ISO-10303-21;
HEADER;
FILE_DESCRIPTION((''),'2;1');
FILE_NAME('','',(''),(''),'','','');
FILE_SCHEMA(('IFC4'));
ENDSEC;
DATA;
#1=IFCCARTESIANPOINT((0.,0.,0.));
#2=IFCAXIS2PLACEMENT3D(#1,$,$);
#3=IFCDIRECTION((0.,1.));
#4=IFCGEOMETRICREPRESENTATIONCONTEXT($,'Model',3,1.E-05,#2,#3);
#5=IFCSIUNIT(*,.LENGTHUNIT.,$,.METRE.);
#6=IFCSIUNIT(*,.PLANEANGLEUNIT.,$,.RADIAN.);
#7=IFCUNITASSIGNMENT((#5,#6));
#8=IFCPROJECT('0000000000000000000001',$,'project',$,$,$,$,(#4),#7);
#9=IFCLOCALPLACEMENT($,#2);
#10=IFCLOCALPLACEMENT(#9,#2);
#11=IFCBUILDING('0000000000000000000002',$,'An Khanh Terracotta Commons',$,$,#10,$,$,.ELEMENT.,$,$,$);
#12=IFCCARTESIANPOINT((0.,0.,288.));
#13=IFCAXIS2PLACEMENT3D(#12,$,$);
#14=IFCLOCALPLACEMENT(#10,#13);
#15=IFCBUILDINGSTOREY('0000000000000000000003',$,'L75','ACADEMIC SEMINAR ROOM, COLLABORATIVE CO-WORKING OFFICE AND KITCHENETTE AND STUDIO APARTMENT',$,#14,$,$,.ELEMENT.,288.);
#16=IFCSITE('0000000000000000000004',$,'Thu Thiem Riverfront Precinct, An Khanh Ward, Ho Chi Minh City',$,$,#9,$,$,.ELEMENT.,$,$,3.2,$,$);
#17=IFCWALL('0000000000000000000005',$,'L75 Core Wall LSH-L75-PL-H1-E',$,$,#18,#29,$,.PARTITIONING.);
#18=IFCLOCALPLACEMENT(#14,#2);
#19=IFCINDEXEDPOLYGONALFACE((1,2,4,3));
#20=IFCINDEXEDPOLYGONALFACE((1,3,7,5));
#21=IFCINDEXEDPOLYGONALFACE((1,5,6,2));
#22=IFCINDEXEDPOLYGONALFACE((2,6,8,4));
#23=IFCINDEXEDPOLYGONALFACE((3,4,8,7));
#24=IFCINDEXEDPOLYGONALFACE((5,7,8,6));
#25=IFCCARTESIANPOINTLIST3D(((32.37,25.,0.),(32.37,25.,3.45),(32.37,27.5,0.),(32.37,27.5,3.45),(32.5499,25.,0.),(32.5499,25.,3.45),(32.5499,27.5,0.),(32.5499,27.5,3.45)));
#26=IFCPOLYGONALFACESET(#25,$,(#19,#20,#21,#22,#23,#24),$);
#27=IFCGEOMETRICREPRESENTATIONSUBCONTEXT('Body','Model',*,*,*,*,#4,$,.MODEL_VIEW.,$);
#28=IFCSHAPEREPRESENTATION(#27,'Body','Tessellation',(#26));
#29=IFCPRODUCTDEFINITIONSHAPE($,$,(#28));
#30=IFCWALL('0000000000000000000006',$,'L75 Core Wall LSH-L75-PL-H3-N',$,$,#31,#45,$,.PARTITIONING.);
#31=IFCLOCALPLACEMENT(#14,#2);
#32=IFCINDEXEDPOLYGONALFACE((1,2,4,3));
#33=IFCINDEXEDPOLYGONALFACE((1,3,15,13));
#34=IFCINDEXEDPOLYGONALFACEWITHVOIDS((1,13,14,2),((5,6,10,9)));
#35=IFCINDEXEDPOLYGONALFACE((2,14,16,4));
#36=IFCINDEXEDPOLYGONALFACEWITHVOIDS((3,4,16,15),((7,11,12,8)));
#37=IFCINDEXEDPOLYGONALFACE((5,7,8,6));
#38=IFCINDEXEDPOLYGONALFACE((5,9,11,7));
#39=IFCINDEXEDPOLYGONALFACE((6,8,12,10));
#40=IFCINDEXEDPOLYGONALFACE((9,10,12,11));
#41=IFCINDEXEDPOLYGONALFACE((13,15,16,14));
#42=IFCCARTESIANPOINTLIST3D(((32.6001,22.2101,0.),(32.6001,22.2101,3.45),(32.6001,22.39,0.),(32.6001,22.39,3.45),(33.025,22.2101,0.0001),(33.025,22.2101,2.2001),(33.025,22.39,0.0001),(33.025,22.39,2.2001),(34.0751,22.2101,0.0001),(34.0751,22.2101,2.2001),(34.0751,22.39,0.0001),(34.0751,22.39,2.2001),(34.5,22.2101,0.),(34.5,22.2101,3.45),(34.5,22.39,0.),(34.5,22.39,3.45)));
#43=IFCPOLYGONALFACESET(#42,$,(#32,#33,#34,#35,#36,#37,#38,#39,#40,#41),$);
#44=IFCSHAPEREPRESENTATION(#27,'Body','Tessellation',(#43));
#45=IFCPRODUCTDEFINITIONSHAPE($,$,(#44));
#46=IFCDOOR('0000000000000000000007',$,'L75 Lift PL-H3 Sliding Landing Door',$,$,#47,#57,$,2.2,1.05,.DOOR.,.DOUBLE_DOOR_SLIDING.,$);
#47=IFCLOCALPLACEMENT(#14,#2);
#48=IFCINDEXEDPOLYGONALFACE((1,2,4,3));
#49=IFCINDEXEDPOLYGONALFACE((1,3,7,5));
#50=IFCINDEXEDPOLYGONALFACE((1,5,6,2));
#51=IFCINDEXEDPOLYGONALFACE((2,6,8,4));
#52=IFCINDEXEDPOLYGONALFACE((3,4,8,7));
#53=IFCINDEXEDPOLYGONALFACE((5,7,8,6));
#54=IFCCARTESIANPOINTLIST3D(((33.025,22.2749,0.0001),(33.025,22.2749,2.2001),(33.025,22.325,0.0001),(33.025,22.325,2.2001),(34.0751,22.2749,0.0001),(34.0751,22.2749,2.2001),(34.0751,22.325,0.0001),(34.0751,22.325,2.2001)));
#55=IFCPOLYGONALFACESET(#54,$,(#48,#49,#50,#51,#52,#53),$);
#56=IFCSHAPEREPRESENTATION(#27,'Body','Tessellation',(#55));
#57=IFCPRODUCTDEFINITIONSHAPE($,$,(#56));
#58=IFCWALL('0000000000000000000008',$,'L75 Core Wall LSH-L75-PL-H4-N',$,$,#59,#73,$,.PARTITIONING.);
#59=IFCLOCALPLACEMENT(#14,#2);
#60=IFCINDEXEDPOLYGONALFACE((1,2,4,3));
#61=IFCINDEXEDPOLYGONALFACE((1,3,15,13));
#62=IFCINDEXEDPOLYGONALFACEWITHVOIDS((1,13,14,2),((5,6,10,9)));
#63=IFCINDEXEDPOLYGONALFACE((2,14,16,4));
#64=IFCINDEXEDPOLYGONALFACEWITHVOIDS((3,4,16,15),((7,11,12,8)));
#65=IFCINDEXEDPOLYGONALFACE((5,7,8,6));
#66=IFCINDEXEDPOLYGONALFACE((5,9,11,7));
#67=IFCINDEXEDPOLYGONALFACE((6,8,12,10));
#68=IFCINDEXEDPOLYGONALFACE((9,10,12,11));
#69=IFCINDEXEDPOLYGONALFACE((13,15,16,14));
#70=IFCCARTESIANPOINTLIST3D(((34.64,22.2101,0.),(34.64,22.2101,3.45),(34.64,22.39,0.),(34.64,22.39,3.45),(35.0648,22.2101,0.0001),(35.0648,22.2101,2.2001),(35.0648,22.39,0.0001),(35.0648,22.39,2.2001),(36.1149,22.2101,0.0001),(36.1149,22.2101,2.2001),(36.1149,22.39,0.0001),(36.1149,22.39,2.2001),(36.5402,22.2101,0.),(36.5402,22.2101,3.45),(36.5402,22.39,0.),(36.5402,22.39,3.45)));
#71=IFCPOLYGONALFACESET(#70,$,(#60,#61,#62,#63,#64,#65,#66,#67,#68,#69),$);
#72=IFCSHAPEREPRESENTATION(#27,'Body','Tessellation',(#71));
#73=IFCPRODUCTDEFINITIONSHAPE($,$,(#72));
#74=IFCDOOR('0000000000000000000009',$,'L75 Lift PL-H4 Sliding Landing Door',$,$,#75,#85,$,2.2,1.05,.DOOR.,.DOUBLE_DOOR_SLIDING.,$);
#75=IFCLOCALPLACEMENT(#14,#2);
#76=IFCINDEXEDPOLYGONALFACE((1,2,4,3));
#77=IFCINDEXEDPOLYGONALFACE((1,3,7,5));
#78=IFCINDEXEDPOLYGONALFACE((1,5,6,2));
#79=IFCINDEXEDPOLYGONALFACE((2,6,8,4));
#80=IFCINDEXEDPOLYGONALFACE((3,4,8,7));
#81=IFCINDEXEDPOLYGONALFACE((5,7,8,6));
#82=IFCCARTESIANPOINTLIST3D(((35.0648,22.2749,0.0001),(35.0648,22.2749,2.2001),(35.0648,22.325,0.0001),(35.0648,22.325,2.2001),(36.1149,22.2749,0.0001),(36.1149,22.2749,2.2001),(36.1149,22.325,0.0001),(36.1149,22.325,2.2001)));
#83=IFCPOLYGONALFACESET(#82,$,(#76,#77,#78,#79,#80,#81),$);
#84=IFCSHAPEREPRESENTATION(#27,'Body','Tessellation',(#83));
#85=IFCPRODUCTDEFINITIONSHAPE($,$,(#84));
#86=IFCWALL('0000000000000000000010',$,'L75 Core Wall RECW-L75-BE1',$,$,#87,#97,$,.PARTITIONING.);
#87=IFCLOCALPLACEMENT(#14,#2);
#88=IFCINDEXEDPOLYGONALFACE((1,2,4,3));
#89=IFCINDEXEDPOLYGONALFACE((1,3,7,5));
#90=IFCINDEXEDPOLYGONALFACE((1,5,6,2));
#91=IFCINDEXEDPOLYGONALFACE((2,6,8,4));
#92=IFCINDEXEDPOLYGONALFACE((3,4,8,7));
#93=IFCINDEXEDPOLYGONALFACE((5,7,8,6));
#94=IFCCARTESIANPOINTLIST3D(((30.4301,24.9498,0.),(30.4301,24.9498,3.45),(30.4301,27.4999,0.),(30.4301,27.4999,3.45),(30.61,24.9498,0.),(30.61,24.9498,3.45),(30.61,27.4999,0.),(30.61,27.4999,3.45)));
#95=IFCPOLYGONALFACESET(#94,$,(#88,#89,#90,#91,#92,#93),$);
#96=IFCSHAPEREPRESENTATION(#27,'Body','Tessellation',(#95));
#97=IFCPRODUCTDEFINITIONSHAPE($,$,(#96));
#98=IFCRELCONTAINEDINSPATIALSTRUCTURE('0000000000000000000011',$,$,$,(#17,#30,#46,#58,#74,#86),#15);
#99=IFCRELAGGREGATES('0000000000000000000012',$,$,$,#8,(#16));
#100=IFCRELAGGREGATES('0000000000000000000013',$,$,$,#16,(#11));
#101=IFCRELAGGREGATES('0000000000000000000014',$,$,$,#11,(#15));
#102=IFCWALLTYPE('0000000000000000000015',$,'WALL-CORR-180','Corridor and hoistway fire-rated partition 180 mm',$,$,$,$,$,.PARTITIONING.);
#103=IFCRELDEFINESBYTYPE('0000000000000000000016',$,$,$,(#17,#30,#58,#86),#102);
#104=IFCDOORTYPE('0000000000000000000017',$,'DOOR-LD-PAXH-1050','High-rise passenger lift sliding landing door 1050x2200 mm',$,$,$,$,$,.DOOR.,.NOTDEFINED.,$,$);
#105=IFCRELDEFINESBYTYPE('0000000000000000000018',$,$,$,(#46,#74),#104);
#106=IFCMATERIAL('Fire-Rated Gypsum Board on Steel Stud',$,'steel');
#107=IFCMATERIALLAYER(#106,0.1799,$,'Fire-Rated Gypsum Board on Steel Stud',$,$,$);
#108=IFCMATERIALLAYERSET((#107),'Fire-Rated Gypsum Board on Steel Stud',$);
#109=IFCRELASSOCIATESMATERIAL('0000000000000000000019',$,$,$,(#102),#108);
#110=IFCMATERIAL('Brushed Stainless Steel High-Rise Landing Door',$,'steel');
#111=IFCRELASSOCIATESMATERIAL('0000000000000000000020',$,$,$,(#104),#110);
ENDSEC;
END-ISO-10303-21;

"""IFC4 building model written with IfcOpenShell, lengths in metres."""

from ifc_helpers import new_model, si_unit, direction, frame, frame_2d, origin, place, context, subcontext, project, spatial, rectangle, extrude, material, layer, layer_set, type_object, element, fill, save


model = new_model("IFC4")

# Units and contexts
model_context = context("Model", 3, precision=1e-05, world=origin(), true_north=direction((0.0, 1.0)))
body_context = subcontext(model_context, "Body", "Model", "MODEL_VIEW")
ifc_project = project(units=[si_unit("LENGTHUNIT", "METRE"), si_unit("PLANEANGLEUNIT", "RADIAN")], contexts=[model_context])

# Site, building, storey
site_placement = place(None, origin())
site = spatial("IfcSite", under=ifc_project, at=site_placement, Name="Thu Thiem Riverfront Precinct, An Khanh Ward, Ho Chi Minh City", CompositionType="ELEMENT", RefElevation=3.2)
building_placement = place(site_placement, origin())
building = spatial("IfcBuilding", under=site, at=building_placement, Name="An Khanh Terracotta Commons", CompositionType="ELEMENT")
storey_placement = place(building_placement, frame((0.0, 0.0, 288.0)))
storey = spatial("IfcBuildingStorey", under=building, at=storey_placement, Name="L75", Description="ACADEMIC SEMINAR ROOM, COLLABORATIVE CO-WORKING OFFICE AND KITCHENETTE AND STUDIO APARTMENT", CompositionType="ELEMENT", Elevation=288.0)

# Shared definitions
ifc_material_1 = material(Name="Fire-Rated Gypsum Board on Steel Stud", Category="steel")
ifc_layer_1 = layer(ifc_material_1, 0.1799, Name="Fire-Rated Gypsum Board on Steel Stud")
ifc_layer_set_1 = layer_set([ifc_layer_1], Name="Fire-Rated Gypsum Board on Steel Stud")
wall_type_1 = type_object("IfcWallType", Name="WALL-CORR-180", Description="Corridor and hoistway fire-rated partition 180 mm", PredefinedType="PARTITIONING", material=ifc_layer_set_1)

# Shared definitions
ifc_material_2 = material(Name="Brushed Stainless Steel High-Rise Landing Door", Category="steel")
door_type_1 = type_object("IfcDoorType", Name="DOOR-LD-PAXH-1050", Description="High-rise passenger lift sliding landing door 1050x2200 mm", OperationType="NOTDEFINED", PredefinedType="DOOR", material=ifc_material_2)

# Wall
wall_1_placement = place(storey_placement, frame((32.46, 25.0, 0.0), z_axis=(0.0, 0.0, 1.0), x_axis=(0.0, 1.0, 0.0)))
element("IfcWall", 1, at=wall_1_placement, inside=storey, type_object=wall_type_1, Name="L75 Core Wall LSH-L75-PL-H1-E", PredefinedType="PARTITIONING", context=body_context, shape_type="SweptSolid", body=[
    extrude(rectangle(XDim=2.5, YDim=0.1799, at=frame_2d((1.25, 0.0))), origin(), (0.0, 0.0, 1.0), 3.45),
])

# Walls, openings, doors
wall_2_placement = place(storey_placement, frame((32.6001, 22.3, 0.0), z_axis=(0.0, 0.0, 1.0), x_axis=(1.0, 0.0, 0.0)))
wall_2 = element("IfcWall", 2, at=wall_2_placement, inside=storey, type_object=wall_type_1, Name="L75 Core Wall LSH-L75-PL-H3-N", PredefinedType="PARTITIONING", context=body_context, shape_type="SweptSolid", body=[
    extrude(rectangle(XDim=1.8999, YDim=0.1799, at=frame_2d((0.95, 0.0))), origin(), (0.0, 0.0, 1.0), 3.45),
])
opening_1_placement = place(wall_2_placement, frame((0.425, 0.0, 0.0)))
opening_1 = element("IfcOpeningElement", 3, at=opening_1_placement, cuts=wall_2, PredefinedType="OPENING", context=body_context, shape_type="SweptSolid", body=[
    extrude(rectangle(XDim=1.05, YDim=2.2, at=frame_2d((0.5249, 1.1001))), frame((0.0, 0.0999, 0.0), z_axis=(0.0, -1.0, 0.0), x_axis=(1.0, 0.0, 0.0)), (0.0, 0.0, 1.0), 0.2),
])
door_1_placement = place(opening_1_placement, origin())
door_1 = element("IfcDoor", 4, at=door_1_placement, inside=storey, type_object=door_type_1, Name="L75 Lift PL-H3 Sliding Landing Door", OperationType="DOUBLE_DOOR_SLIDING", OverallHeight=2.2, OverallWidth=1.05, PredefinedType="DOOR", context=body_context, shape_type="SweptSolid", body=[
    extrude(rectangle(XDim=1.05, YDim=2.2, at=frame_2d((0.5249, 1.1001))), frame((0.0, 0.0249, 0.0), z_axis=(0.0, -1.0, 0.0), x_axis=(1.0, 0.0, 0.0)), (0.0, 0.0, 1.0), 0.05),
])
fill(opening_1, door_1)
wall_3_placement = place(storey_placement, frame((34.6399, 22.3, 0.0), z_axis=(0.0, 0.0, 1.0), x_axis=(1.0, 0.0, 0.0)))
wall_3 = element("IfcWall", 5, at=wall_3_placement, inside=storey, type_object=wall_type_1, Name="L75 Core Wall LSH-L75-PL-H4-N", PredefinedType="PARTITIONING", context=body_context, shape_type="SweptSolid", body=[
    extrude(rectangle(XDim=1.9001, YDim=0.1799, at=frame_2d((0.9502, 0.0))), origin(), (0.0, 0.0, 1.0), 3.45),
])
opening_2_placement = place(wall_3_placement, frame((0.425, 0.0, 0.0)))
opening_2 = element("IfcOpeningElement", 6, at=opening_2_placement, cuts=wall_3, PredefinedType="OPENING", context=body_context, shape_type="SweptSolid", body=[
    extrude(rectangle(XDim=1.05, YDim=2.2, at=frame_2d((0.5249, 1.1001))), frame((0.0, 0.0999, 0.0), z_axis=(0.0, -1.0, 0.0), x_axis=(1.0, 0.0, 0.0)), (0.0, 0.0, 1.0), 0.2),
])
door_2_placement = place(opening_2_placement, origin())
door_2 = element("IfcDoor", 7, at=door_2_placement, inside=storey, type_object=door_type_1, Name="L75 Lift PL-H4 Sliding Landing Door", OperationType="DOUBLE_DOOR_SLIDING", OverallHeight=2.2, OverallWidth=1.05, PredefinedType="DOOR", context=body_context, shape_type="SweptSolid", body=[
    extrude(rectangle(XDim=1.05, YDim=2.2, at=frame_2d((0.5249, 1.1001))), frame((0.0, 0.0249, 0.0), z_axis=(0.0, -1.0, 0.0), x_axis=(1.0, 0.0, 0.0)), (0.0, 0.0, 1.0), 0.05),
])
fill(opening_2, door_2)

# Wall
wall_4_placement = place(storey_placement, frame((30.52, 24.95, 0.0), z_axis=(0.0, 0.0, 1.0), x_axis=(0.0, 1.0, 0.0)))
element("IfcWall", 8, at=wall_4_placement, inside=storey, type_object=wall_type_1, Name="L75 Core Wall RECW-L75-BE1", PredefinedType="PARTITIONING", context=body_context, shape_type="SweptSolid", body=[
    extrude(rectangle(XDim=2.55, YDim=0.1799, at=frame_2d((1.2749, 0.0))), origin(), (0.0, 0.0, 1.0), 3.45),
])

save(model, "model.ifc")
